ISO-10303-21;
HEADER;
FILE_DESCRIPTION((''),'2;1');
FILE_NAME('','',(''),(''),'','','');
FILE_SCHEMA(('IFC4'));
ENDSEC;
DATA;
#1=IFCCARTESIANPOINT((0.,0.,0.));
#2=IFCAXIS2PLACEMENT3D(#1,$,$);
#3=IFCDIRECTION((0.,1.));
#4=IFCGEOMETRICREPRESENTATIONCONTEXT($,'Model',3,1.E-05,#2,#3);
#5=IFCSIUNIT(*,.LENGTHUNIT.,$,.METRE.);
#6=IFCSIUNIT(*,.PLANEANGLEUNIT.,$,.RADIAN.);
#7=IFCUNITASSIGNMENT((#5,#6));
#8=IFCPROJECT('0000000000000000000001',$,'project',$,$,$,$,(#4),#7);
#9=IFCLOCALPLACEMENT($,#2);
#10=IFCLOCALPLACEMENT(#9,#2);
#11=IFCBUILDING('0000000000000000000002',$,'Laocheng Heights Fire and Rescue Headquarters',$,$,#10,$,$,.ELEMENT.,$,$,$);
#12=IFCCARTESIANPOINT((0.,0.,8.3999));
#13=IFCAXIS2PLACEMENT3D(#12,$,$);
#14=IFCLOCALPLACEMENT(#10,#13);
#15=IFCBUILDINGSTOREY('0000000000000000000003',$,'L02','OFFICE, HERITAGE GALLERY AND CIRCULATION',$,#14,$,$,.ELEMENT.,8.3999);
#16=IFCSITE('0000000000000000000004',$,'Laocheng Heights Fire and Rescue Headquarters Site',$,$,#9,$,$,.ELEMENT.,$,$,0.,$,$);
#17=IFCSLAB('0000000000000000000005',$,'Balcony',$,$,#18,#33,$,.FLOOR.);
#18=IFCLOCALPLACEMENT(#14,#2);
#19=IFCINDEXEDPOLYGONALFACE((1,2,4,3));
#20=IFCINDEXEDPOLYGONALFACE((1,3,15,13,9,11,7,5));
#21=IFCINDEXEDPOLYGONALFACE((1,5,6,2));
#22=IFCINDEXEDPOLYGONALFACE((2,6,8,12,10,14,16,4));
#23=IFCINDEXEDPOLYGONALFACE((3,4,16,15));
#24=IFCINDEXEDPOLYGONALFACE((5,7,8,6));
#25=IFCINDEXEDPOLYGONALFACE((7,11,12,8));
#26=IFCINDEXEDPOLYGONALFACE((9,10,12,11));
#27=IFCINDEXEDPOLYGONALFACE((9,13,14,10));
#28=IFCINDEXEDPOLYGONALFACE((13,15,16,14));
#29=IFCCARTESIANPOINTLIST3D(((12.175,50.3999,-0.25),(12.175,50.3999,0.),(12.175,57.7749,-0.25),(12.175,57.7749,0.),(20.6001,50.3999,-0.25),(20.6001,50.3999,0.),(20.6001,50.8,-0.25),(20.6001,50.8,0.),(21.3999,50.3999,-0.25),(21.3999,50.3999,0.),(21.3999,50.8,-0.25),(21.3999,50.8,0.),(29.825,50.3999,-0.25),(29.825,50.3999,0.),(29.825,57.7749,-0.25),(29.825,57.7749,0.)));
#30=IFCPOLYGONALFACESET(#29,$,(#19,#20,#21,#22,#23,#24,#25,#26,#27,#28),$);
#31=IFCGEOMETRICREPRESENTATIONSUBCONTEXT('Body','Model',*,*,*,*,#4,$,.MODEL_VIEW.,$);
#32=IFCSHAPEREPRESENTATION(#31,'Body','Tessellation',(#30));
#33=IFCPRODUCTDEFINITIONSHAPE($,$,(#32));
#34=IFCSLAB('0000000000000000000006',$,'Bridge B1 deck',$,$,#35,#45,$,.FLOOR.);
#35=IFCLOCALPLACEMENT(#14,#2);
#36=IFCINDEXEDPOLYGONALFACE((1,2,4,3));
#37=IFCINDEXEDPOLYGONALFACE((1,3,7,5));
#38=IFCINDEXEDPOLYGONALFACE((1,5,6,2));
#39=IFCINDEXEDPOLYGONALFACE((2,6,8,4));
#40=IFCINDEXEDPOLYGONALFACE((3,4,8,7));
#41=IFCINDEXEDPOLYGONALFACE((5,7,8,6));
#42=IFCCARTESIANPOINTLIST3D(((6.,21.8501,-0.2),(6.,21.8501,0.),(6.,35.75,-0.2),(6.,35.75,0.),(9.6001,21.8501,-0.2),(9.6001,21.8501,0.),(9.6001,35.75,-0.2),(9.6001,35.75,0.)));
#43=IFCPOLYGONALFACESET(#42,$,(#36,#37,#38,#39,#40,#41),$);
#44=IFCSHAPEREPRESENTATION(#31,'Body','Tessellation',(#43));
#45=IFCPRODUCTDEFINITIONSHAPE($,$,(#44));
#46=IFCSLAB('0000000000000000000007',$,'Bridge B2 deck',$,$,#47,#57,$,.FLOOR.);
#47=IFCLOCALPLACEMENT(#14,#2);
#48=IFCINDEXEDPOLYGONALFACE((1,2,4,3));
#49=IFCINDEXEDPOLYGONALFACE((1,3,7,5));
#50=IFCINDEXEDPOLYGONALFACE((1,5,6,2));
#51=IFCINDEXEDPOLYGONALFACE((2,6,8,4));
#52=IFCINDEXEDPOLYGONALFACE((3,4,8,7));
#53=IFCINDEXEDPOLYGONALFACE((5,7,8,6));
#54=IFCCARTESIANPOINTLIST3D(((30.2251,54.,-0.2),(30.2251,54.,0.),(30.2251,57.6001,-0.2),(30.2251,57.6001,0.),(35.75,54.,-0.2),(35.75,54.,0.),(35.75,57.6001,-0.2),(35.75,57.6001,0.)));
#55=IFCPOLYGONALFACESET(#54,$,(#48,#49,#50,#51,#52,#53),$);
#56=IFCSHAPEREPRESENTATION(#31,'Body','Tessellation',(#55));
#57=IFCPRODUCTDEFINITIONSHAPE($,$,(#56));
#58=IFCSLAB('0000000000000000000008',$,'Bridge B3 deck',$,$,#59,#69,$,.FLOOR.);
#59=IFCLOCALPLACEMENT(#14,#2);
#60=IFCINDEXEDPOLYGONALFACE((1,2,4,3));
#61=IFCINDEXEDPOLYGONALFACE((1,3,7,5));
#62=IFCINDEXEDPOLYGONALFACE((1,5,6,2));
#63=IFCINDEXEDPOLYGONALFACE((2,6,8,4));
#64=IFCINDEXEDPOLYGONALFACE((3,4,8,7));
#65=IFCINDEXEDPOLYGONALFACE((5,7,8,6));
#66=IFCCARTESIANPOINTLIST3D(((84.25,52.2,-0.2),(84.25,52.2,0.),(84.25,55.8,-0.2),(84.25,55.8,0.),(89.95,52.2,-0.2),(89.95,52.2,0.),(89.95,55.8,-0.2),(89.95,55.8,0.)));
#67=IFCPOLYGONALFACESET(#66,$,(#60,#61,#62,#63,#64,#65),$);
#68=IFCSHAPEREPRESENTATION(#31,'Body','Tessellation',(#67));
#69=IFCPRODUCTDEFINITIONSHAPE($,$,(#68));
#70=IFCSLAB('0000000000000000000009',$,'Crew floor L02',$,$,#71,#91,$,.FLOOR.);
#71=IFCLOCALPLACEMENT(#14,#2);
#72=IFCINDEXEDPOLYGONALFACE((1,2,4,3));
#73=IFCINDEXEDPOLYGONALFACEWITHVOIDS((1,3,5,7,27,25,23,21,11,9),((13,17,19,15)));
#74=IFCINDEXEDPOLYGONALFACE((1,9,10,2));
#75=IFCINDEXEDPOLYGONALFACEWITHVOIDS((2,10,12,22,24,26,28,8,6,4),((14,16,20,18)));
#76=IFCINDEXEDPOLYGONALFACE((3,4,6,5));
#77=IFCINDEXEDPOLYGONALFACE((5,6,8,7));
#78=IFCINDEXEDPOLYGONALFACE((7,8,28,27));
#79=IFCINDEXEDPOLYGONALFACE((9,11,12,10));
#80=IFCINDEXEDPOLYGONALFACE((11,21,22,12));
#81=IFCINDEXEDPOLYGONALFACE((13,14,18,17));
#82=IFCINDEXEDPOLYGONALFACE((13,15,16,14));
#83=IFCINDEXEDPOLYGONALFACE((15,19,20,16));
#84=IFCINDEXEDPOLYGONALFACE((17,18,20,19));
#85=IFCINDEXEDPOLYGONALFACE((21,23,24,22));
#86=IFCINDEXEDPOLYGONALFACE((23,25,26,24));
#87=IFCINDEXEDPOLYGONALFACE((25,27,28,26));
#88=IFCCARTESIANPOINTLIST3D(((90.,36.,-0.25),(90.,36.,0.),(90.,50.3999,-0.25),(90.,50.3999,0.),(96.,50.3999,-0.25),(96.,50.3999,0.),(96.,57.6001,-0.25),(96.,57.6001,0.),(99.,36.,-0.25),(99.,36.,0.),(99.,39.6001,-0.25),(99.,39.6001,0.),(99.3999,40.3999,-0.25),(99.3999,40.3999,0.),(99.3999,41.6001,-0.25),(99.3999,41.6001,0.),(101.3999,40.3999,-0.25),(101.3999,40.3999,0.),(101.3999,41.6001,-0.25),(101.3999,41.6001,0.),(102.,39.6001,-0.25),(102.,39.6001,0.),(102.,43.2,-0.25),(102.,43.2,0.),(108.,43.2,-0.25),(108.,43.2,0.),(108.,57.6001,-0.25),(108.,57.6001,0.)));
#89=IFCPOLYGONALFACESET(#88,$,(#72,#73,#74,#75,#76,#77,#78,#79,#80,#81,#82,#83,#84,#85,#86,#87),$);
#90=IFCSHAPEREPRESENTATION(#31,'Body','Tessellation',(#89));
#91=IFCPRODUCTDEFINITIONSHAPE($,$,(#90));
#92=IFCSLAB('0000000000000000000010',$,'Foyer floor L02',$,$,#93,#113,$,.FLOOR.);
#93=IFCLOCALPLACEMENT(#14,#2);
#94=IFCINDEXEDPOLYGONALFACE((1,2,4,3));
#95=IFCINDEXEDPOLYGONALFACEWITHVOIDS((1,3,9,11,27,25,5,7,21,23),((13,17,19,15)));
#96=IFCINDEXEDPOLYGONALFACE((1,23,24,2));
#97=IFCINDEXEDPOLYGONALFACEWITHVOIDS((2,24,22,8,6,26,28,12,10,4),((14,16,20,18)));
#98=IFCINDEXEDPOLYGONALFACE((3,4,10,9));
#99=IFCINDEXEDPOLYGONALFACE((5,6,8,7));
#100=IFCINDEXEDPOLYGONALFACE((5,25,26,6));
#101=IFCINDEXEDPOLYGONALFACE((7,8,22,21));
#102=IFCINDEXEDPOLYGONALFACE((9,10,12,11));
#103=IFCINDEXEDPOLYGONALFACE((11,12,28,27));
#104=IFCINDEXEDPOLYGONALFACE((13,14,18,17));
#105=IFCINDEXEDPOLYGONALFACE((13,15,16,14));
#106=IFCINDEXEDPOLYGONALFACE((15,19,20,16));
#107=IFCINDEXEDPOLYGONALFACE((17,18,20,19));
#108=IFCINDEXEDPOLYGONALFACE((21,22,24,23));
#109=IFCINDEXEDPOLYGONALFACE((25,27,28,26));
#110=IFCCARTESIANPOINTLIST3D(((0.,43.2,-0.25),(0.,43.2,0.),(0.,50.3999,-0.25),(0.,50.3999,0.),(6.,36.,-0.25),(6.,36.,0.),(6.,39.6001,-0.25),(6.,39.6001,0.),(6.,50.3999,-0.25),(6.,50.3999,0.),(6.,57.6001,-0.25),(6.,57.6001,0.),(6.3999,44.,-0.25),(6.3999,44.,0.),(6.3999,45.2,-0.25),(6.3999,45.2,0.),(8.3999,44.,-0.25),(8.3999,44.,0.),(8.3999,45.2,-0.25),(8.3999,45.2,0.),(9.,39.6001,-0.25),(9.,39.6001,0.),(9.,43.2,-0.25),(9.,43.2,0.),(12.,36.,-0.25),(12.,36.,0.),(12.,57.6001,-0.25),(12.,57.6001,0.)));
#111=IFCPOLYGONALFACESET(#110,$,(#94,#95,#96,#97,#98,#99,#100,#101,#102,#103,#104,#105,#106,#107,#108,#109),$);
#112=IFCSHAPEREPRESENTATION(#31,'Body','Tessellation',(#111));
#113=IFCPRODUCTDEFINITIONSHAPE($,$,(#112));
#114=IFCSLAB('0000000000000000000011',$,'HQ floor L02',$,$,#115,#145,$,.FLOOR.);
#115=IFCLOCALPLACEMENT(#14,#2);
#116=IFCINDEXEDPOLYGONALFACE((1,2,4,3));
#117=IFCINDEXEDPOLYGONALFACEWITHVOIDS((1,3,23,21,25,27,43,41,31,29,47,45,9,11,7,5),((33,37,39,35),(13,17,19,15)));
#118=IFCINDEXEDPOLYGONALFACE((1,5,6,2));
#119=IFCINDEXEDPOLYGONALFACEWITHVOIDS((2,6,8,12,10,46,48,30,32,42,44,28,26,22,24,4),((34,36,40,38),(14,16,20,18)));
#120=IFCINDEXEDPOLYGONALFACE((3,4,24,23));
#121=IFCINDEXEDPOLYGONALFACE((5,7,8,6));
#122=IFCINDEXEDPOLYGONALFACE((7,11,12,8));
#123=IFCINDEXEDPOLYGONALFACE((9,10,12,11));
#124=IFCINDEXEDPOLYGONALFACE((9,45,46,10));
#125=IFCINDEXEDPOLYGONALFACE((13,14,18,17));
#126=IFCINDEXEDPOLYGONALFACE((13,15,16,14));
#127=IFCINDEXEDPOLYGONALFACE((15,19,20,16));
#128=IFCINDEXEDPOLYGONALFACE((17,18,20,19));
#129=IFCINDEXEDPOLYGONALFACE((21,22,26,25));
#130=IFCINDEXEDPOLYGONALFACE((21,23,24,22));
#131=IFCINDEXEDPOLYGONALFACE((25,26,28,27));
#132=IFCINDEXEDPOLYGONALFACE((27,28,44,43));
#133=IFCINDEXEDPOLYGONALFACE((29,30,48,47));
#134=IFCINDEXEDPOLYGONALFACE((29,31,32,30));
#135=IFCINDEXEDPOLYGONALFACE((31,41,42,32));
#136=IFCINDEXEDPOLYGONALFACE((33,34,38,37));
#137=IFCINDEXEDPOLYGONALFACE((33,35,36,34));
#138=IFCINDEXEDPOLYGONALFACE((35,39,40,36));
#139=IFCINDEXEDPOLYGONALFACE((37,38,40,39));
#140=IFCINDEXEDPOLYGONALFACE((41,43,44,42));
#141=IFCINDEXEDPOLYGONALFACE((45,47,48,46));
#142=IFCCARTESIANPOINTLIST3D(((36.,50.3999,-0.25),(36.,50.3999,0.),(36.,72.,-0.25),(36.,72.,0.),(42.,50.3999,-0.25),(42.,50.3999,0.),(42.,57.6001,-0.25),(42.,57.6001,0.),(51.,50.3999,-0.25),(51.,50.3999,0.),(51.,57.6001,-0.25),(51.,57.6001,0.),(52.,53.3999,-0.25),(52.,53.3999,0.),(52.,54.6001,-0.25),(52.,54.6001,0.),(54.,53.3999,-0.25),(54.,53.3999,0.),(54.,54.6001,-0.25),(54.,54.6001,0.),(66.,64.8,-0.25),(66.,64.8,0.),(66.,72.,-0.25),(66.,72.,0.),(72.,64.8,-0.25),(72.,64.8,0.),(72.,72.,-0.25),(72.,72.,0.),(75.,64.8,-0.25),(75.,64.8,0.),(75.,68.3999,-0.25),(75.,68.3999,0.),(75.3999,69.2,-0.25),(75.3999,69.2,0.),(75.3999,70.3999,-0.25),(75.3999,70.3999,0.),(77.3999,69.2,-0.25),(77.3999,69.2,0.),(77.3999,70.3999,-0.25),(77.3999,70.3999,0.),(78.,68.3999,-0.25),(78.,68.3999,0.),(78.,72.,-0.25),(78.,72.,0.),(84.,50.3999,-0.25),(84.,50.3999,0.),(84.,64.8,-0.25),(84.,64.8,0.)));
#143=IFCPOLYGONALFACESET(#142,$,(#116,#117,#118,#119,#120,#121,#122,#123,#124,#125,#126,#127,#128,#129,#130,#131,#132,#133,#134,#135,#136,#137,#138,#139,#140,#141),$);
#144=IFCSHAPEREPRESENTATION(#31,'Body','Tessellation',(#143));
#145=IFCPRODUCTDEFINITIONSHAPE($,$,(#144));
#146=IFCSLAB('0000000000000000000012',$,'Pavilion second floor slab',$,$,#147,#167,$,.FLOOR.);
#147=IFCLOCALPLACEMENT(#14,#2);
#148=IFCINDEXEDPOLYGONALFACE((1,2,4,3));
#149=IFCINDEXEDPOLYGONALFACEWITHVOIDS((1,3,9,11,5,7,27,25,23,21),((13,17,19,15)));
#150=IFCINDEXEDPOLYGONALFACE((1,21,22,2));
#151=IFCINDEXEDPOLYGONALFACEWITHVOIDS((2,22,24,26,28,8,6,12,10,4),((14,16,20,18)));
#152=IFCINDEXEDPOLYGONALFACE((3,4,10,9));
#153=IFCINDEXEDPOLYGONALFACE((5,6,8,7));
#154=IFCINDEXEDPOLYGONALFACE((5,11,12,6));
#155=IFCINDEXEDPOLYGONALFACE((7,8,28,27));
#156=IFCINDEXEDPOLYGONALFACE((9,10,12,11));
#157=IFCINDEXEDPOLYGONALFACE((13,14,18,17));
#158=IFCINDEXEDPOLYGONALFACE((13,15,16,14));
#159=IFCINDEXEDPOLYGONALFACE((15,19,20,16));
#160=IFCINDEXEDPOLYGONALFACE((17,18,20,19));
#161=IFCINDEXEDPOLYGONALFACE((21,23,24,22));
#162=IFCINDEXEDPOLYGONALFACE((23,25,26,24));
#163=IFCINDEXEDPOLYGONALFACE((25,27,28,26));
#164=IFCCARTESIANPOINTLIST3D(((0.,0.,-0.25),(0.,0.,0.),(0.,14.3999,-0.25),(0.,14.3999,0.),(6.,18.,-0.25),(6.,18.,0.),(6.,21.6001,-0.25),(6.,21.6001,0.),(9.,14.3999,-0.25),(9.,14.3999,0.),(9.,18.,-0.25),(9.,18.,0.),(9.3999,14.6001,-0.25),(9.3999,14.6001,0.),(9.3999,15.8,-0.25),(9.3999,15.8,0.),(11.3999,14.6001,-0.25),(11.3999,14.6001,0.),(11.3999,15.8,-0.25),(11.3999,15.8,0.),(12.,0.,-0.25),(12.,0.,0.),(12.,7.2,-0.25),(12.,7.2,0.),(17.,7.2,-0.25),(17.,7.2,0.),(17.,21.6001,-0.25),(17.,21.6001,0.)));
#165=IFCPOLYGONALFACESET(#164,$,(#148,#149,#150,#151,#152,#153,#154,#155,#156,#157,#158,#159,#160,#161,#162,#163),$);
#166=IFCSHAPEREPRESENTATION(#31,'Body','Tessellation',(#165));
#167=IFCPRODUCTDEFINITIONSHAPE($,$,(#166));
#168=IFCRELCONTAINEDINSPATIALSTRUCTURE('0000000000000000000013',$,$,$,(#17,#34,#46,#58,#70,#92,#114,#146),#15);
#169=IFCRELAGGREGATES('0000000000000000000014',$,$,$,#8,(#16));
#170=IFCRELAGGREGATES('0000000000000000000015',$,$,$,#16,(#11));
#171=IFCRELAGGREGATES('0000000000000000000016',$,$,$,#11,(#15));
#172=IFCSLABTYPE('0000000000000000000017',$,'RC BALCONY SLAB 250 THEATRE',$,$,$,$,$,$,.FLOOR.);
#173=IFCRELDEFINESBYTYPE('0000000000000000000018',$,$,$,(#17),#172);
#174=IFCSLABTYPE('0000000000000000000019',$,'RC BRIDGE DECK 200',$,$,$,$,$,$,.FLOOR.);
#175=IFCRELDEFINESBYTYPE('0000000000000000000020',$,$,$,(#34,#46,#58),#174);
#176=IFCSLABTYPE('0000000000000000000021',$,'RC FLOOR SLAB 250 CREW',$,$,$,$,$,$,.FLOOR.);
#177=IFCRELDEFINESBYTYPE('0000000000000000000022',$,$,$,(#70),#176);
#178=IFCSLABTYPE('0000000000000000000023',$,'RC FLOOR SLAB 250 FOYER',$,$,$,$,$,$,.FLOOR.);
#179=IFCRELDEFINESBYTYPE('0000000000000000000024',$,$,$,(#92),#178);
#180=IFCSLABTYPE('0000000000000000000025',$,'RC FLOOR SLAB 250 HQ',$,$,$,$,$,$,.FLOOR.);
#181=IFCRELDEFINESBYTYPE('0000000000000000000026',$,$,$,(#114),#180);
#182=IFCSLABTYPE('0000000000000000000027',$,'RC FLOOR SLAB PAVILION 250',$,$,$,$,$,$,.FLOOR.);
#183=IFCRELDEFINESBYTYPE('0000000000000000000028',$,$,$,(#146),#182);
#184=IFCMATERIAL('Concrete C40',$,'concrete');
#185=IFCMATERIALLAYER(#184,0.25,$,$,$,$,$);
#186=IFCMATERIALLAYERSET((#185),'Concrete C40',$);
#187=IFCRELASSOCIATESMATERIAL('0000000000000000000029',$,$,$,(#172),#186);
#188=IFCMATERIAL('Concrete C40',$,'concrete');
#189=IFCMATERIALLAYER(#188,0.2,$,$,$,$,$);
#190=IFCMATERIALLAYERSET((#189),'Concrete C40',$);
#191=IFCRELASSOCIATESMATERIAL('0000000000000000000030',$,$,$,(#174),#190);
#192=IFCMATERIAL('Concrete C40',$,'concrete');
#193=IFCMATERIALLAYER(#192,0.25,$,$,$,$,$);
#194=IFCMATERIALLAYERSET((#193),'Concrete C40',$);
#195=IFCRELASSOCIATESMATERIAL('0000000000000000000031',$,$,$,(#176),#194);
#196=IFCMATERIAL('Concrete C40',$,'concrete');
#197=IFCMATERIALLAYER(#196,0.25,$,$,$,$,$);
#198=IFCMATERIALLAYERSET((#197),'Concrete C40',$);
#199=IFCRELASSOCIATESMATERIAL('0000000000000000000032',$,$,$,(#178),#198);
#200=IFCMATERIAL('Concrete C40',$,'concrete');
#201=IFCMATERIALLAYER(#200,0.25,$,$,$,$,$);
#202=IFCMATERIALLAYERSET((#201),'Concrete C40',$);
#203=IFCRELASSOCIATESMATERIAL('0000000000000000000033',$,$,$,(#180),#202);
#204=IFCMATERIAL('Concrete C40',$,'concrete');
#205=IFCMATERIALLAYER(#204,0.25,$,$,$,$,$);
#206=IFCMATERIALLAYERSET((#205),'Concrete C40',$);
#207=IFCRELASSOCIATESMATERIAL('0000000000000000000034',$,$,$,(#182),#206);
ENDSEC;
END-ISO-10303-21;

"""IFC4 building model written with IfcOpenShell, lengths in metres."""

from ifc_helpers import new_model, si_unit, direction, frame, origin, place, context, subcontext, project, spatial, polyline, outline, extrude, material, layer, layer_set, type_object, element, save


model = new_model("IFC4")

# Units and contexts
model_context = context("Model", 3, precision=1e-05, world=origin(), true_north=direction((0.0, 1.0)))
body_context = subcontext(model_context, "Body", "Model", "MODEL_VIEW")
ifc_project = project(units=[si_unit("LENGTHUNIT", "METRE"), si_unit("PLANEANGLEUNIT", "RADIAN")], contexts=[model_context])

# Site, building, storey
site_placement = place(None, origin())
site = spatial("IfcSite", under=ifc_project, at=site_placement, Name="Laocheng Heights Fire and Rescue Headquarters Site", CompositionType="ELEMENT", RefElevation=0.0)
building_placement = place(site_placement, origin())
building = spatial("IfcBuilding", under=site, at=building_placement, Name="Laocheng Heights Fire and Rescue Headquarters", CompositionType="ELEMENT")
storey_placement = place(building_placement, frame((0.0, 0.0, 8.3999)))
storey = spatial("IfcBuildingStorey", under=building, at=storey_placement, Name="L02", Description="OFFICE, HERITAGE GALLERY AND CIRCULATION", CompositionType="ELEMENT", Elevation=8.3999)

# Slabs
ifc_material_1 = material(Name="Concrete C40", Category="concrete")
ifc_layer_1 = layer(ifc_material_1, 0.25)
ifc_layer_set_1 = layer_set([ifc_layer_1], Name="Concrete C40")
slab_type_1 = type_object("IfcSlabType", Name="RC BALCONY SLAB 250 THEATRE", PredefinedType="FLOOR", material=ifc_layer_set_1)
slab_1_placement = place(storey_placement, frame((0.0, 0.0, -0.25)))
element("IfcSlab", 1, at=slab_1_placement, inside=storey, type_object=slab_type_1, Name="Balcony", PredefinedType="FLOOR", context=body_context, shape_type="SweptSolid", body=[
    extrude(outline(polyline([(12.175, 50.3999), (20.6001, 50.3999), (20.6001, 50.8), (21.3999, 50.8), (21.3999, 50.3999), (29.825, 50.3999), (29.825, 57.7749), (12.175, 57.7749), (12.175, 50.3999)])), origin(), (0.0, 0.0, 1.0), 0.25),
])
ifc_material_2 = material(Name="Concrete C40", Category="concrete")
ifc_layer_2 = layer(ifc_material_2, 0.2)
ifc_layer_set_2 = layer_set([ifc_layer_2], Name="Concrete C40")
slab_type_2 = type_object("IfcSlabType", Name="RC BRIDGE DECK 200", PredefinedType="FLOOR", material=ifc_layer_set_2)
slab_2_placement = place(storey_placement, frame((0.0, 0.0, -0.2)))
element("IfcSlab", 2, at=slab_2_placement, inside=storey, type_object=slab_type_2, Name="Bridge B1 deck", PredefinedType="FLOOR", context=body_context, shape_type="SweptSolid", body=[
    extrude(outline(polyline([(9.6001, 21.8501), (9.6001, 35.75), (6.0, 35.75), (6.0, 21.8501), (9.6001, 21.8501)])), origin(), (0.0, 0.0, 1.0), 0.2),
])
slab_3_placement = place(storey_placement, frame((0.0, 0.0, -0.2)))
element("IfcSlab", 3, at=slab_3_placement, inside=storey, type_object=slab_type_2, Name="Bridge B2 deck", PredefinedType="FLOOR", context=body_context, shape_type="SweptSolid", body=[
    extrude(outline(polyline([(35.75, 54.0), (35.75, 57.6001), (30.2251, 57.6001), (30.2251, 54.0), (35.75, 54.0)])), origin(), (0.0, 0.0, 1.0), 0.2),
])
slab_4_placement = place(storey_placement, frame((0.0, 0.0, -0.2)))
element("IfcSlab", 4, at=slab_4_placement, inside=storey, type_object=slab_type_2, Name="Bridge B3 deck", PredefinedType="FLOOR", context=body_context, shape_type="SweptSolid", body=[
    extrude(outline(polyline([(89.95, 52.2), (89.95, 55.8), (84.25, 55.8), (84.25, 52.2), (89.95, 52.2)])), origin(), (0.0, 0.0, 1.0), 0.2),
])
ifc_material_3 = material(Name="Concrete C40", Category="concrete")
ifc_layer_3 = layer(ifc_material_3, 0.25)
ifc_layer_set_3 = layer_set([ifc_layer_3], Name="Concrete C40")
slab_type_3 = type_object("IfcSlabType", Name="RC FLOOR SLAB 250 CREW", PredefinedType="FLOOR", material=ifc_layer_set_3)
slab_5_placement = place(storey_placement, frame((0.0, 0.0, -0.25)))
element("IfcSlab", 5, at=slab_5_placement, inside=storey, type_object=slab_type_3, Name="Crew floor L02", PredefinedType="FLOOR", context=body_context, shape_type="SweptSolid", body=[
    extrude(outline(polyline([(108.0, 57.6001), (96.0, 57.6001), (96.0, 50.3999), (90.0, 50.3999), (90.0, 36.0), (99.0, 36.0), (99.0, 39.6001), (102.0, 39.6001), (102.0, 43.2), (108.0, 43.2), (108.0, 57.6001)]), holes=[polyline([(101.3999, 41.6001), (101.3999, 40.3999), (99.3999, 40.3999), (99.3999, 41.6001), (101.3999, 41.6001)])]), origin(), (0.0, 0.0, 1.0), 0.25),
])
ifc_material_4 = material(Name="Concrete C40", Category="concrete")
ifc_layer_4 = layer(ifc_material_4, 0.25)
ifc_layer_set_4 = layer_set([ifc_layer_4], Name="Concrete C40")
slab_type_4 = type_object("IfcSlabType", Name="RC FLOOR SLAB 250 FOYER", PredefinedType="FLOOR", material=ifc_layer_set_4)
slab_6_placement = place(storey_placement, frame((0.0, 0.0, -0.25)))
element("IfcSlab", 6, at=slab_6_placement, inside=storey, type_object=slab_type_4, Name="Foyer floor L02", PredefinedType="FLOOR", context=body_context, shape_type="SweptSolid", body=[
    extrude(outline(polyline([(12.0, 57.6001), (6.0, 57.6001), (6.0, 50.3999), (0.0, 50.3999), (0.0, 43.2), (9.0, 43.2), (9.0, 39.6001), (6.0, 39.6001), (6.0, 36.0), (12.0, 36.0), (12.0, 57.6001)]), holes=[polyline([(8.3999, 44.0), (6.3999, 44.0), (6.3999, 45.2), (8.3999, 45.2), (8.3999, 44.0)])]), origin(), (0.0, 0.0, 1.0), 0.25),
])
ifc_material_5 = material(Name="Concrete C40", Category="concrete")
ifc_layer_5 = layer(ifc_material_5, 0.25)
ifc_layer_set_5 = layer_set([ifc_layer_5], Name="Concrete C40")
slab_type_5 = type_object("IfcSlabType", Name="RC FLOOR SLAB 250 HQ", PredefinedType="FLOOR", material=ifc_layer_set_5)
slab_7_placement = place(storey_placement, frame((0.0, 0.0, -0.25)))
element("IfcSlab", 7, at=slab_7_placement, inside=storey, type_object=slab_type_5, Name="HQ floor L02", PredefinedType="FLOOR", context=body_context, shape_type="SweptSolid", body=[
    extrude(outline(polyline([(84.0, 50.3999), (84.0, 64.8), (75.0, 64.8), (75.0, 68.3999), (78.0, 68.3999), (78.0, 72.0), (72.0, 72.0), (72.0, 64.8), (66.0, 64.8), (66.0, 72.0), (36.0, 72.0), (36.0, 50.3999), (42.0, 50.3999), (42.0, 57.6001), (51.0, 57.6001), (51.0, 50.3999), (84.0, 50.3999)]), holes=[polyline([(54.0, 53.3999), (52.0, 53.3999), (52.0, 54.6001), (54.0, 54.6001), (54.0, 53.3999)]), polyline([(77.3999, 69.2), (75.3999, 69.2), (75.3999, 70.3999), (77.3999, 70.3999), (77.3999, 69.2)])]), origin(), (0.0, 0.0, 1.0), 0.25),
])
ifc_material_6 = material(Name="Concrete C40", Category="concrete")
ifc_layer_6 = layer(ifc_material_6, 0.25)
ifc_layer_set_6 = layer_set([ifc_layer_6], Name="Concrete C40")
slab_type_6 = type_object("IfcSlabType", Name="RC FLOOR SLAB PAVILION 250", PredefinedType="FLOOR", material=ifc_layer_set_6)
slab_8_placement = place(storey_placement, frame((0.0, 0.0, -0.25)))
element("IfcSlab", 8, at=slab_8_placement, inside=storey, type_object=slab_type_6, Name="Pavilion second floor slab", PredefinedType="FLOOR", context=body_context, shape_type="SweptSolid", body=[
    extrude(outline(polyline([(17.0, 21.6001), (6.0, 21.6001), (6.0, 18.0), (9.0, 18.0), (9.0, 14.3999), (0.0, 14.3999), (0.0, 0.0), (12.0, 0.0), (12.0, 7.2), (17.0, 7.2), (17.0, 21.6001)]), holes=[polyline([(11.3999, 14.6001), (9.3999, 14.6001), (9.3999, 15.8), (11.3999, 15.8), (11.3999, 14.6001)])]), origin(), (0.0, 0.0, 1.0), 0.25),
])

save(model, "model.ifc")
